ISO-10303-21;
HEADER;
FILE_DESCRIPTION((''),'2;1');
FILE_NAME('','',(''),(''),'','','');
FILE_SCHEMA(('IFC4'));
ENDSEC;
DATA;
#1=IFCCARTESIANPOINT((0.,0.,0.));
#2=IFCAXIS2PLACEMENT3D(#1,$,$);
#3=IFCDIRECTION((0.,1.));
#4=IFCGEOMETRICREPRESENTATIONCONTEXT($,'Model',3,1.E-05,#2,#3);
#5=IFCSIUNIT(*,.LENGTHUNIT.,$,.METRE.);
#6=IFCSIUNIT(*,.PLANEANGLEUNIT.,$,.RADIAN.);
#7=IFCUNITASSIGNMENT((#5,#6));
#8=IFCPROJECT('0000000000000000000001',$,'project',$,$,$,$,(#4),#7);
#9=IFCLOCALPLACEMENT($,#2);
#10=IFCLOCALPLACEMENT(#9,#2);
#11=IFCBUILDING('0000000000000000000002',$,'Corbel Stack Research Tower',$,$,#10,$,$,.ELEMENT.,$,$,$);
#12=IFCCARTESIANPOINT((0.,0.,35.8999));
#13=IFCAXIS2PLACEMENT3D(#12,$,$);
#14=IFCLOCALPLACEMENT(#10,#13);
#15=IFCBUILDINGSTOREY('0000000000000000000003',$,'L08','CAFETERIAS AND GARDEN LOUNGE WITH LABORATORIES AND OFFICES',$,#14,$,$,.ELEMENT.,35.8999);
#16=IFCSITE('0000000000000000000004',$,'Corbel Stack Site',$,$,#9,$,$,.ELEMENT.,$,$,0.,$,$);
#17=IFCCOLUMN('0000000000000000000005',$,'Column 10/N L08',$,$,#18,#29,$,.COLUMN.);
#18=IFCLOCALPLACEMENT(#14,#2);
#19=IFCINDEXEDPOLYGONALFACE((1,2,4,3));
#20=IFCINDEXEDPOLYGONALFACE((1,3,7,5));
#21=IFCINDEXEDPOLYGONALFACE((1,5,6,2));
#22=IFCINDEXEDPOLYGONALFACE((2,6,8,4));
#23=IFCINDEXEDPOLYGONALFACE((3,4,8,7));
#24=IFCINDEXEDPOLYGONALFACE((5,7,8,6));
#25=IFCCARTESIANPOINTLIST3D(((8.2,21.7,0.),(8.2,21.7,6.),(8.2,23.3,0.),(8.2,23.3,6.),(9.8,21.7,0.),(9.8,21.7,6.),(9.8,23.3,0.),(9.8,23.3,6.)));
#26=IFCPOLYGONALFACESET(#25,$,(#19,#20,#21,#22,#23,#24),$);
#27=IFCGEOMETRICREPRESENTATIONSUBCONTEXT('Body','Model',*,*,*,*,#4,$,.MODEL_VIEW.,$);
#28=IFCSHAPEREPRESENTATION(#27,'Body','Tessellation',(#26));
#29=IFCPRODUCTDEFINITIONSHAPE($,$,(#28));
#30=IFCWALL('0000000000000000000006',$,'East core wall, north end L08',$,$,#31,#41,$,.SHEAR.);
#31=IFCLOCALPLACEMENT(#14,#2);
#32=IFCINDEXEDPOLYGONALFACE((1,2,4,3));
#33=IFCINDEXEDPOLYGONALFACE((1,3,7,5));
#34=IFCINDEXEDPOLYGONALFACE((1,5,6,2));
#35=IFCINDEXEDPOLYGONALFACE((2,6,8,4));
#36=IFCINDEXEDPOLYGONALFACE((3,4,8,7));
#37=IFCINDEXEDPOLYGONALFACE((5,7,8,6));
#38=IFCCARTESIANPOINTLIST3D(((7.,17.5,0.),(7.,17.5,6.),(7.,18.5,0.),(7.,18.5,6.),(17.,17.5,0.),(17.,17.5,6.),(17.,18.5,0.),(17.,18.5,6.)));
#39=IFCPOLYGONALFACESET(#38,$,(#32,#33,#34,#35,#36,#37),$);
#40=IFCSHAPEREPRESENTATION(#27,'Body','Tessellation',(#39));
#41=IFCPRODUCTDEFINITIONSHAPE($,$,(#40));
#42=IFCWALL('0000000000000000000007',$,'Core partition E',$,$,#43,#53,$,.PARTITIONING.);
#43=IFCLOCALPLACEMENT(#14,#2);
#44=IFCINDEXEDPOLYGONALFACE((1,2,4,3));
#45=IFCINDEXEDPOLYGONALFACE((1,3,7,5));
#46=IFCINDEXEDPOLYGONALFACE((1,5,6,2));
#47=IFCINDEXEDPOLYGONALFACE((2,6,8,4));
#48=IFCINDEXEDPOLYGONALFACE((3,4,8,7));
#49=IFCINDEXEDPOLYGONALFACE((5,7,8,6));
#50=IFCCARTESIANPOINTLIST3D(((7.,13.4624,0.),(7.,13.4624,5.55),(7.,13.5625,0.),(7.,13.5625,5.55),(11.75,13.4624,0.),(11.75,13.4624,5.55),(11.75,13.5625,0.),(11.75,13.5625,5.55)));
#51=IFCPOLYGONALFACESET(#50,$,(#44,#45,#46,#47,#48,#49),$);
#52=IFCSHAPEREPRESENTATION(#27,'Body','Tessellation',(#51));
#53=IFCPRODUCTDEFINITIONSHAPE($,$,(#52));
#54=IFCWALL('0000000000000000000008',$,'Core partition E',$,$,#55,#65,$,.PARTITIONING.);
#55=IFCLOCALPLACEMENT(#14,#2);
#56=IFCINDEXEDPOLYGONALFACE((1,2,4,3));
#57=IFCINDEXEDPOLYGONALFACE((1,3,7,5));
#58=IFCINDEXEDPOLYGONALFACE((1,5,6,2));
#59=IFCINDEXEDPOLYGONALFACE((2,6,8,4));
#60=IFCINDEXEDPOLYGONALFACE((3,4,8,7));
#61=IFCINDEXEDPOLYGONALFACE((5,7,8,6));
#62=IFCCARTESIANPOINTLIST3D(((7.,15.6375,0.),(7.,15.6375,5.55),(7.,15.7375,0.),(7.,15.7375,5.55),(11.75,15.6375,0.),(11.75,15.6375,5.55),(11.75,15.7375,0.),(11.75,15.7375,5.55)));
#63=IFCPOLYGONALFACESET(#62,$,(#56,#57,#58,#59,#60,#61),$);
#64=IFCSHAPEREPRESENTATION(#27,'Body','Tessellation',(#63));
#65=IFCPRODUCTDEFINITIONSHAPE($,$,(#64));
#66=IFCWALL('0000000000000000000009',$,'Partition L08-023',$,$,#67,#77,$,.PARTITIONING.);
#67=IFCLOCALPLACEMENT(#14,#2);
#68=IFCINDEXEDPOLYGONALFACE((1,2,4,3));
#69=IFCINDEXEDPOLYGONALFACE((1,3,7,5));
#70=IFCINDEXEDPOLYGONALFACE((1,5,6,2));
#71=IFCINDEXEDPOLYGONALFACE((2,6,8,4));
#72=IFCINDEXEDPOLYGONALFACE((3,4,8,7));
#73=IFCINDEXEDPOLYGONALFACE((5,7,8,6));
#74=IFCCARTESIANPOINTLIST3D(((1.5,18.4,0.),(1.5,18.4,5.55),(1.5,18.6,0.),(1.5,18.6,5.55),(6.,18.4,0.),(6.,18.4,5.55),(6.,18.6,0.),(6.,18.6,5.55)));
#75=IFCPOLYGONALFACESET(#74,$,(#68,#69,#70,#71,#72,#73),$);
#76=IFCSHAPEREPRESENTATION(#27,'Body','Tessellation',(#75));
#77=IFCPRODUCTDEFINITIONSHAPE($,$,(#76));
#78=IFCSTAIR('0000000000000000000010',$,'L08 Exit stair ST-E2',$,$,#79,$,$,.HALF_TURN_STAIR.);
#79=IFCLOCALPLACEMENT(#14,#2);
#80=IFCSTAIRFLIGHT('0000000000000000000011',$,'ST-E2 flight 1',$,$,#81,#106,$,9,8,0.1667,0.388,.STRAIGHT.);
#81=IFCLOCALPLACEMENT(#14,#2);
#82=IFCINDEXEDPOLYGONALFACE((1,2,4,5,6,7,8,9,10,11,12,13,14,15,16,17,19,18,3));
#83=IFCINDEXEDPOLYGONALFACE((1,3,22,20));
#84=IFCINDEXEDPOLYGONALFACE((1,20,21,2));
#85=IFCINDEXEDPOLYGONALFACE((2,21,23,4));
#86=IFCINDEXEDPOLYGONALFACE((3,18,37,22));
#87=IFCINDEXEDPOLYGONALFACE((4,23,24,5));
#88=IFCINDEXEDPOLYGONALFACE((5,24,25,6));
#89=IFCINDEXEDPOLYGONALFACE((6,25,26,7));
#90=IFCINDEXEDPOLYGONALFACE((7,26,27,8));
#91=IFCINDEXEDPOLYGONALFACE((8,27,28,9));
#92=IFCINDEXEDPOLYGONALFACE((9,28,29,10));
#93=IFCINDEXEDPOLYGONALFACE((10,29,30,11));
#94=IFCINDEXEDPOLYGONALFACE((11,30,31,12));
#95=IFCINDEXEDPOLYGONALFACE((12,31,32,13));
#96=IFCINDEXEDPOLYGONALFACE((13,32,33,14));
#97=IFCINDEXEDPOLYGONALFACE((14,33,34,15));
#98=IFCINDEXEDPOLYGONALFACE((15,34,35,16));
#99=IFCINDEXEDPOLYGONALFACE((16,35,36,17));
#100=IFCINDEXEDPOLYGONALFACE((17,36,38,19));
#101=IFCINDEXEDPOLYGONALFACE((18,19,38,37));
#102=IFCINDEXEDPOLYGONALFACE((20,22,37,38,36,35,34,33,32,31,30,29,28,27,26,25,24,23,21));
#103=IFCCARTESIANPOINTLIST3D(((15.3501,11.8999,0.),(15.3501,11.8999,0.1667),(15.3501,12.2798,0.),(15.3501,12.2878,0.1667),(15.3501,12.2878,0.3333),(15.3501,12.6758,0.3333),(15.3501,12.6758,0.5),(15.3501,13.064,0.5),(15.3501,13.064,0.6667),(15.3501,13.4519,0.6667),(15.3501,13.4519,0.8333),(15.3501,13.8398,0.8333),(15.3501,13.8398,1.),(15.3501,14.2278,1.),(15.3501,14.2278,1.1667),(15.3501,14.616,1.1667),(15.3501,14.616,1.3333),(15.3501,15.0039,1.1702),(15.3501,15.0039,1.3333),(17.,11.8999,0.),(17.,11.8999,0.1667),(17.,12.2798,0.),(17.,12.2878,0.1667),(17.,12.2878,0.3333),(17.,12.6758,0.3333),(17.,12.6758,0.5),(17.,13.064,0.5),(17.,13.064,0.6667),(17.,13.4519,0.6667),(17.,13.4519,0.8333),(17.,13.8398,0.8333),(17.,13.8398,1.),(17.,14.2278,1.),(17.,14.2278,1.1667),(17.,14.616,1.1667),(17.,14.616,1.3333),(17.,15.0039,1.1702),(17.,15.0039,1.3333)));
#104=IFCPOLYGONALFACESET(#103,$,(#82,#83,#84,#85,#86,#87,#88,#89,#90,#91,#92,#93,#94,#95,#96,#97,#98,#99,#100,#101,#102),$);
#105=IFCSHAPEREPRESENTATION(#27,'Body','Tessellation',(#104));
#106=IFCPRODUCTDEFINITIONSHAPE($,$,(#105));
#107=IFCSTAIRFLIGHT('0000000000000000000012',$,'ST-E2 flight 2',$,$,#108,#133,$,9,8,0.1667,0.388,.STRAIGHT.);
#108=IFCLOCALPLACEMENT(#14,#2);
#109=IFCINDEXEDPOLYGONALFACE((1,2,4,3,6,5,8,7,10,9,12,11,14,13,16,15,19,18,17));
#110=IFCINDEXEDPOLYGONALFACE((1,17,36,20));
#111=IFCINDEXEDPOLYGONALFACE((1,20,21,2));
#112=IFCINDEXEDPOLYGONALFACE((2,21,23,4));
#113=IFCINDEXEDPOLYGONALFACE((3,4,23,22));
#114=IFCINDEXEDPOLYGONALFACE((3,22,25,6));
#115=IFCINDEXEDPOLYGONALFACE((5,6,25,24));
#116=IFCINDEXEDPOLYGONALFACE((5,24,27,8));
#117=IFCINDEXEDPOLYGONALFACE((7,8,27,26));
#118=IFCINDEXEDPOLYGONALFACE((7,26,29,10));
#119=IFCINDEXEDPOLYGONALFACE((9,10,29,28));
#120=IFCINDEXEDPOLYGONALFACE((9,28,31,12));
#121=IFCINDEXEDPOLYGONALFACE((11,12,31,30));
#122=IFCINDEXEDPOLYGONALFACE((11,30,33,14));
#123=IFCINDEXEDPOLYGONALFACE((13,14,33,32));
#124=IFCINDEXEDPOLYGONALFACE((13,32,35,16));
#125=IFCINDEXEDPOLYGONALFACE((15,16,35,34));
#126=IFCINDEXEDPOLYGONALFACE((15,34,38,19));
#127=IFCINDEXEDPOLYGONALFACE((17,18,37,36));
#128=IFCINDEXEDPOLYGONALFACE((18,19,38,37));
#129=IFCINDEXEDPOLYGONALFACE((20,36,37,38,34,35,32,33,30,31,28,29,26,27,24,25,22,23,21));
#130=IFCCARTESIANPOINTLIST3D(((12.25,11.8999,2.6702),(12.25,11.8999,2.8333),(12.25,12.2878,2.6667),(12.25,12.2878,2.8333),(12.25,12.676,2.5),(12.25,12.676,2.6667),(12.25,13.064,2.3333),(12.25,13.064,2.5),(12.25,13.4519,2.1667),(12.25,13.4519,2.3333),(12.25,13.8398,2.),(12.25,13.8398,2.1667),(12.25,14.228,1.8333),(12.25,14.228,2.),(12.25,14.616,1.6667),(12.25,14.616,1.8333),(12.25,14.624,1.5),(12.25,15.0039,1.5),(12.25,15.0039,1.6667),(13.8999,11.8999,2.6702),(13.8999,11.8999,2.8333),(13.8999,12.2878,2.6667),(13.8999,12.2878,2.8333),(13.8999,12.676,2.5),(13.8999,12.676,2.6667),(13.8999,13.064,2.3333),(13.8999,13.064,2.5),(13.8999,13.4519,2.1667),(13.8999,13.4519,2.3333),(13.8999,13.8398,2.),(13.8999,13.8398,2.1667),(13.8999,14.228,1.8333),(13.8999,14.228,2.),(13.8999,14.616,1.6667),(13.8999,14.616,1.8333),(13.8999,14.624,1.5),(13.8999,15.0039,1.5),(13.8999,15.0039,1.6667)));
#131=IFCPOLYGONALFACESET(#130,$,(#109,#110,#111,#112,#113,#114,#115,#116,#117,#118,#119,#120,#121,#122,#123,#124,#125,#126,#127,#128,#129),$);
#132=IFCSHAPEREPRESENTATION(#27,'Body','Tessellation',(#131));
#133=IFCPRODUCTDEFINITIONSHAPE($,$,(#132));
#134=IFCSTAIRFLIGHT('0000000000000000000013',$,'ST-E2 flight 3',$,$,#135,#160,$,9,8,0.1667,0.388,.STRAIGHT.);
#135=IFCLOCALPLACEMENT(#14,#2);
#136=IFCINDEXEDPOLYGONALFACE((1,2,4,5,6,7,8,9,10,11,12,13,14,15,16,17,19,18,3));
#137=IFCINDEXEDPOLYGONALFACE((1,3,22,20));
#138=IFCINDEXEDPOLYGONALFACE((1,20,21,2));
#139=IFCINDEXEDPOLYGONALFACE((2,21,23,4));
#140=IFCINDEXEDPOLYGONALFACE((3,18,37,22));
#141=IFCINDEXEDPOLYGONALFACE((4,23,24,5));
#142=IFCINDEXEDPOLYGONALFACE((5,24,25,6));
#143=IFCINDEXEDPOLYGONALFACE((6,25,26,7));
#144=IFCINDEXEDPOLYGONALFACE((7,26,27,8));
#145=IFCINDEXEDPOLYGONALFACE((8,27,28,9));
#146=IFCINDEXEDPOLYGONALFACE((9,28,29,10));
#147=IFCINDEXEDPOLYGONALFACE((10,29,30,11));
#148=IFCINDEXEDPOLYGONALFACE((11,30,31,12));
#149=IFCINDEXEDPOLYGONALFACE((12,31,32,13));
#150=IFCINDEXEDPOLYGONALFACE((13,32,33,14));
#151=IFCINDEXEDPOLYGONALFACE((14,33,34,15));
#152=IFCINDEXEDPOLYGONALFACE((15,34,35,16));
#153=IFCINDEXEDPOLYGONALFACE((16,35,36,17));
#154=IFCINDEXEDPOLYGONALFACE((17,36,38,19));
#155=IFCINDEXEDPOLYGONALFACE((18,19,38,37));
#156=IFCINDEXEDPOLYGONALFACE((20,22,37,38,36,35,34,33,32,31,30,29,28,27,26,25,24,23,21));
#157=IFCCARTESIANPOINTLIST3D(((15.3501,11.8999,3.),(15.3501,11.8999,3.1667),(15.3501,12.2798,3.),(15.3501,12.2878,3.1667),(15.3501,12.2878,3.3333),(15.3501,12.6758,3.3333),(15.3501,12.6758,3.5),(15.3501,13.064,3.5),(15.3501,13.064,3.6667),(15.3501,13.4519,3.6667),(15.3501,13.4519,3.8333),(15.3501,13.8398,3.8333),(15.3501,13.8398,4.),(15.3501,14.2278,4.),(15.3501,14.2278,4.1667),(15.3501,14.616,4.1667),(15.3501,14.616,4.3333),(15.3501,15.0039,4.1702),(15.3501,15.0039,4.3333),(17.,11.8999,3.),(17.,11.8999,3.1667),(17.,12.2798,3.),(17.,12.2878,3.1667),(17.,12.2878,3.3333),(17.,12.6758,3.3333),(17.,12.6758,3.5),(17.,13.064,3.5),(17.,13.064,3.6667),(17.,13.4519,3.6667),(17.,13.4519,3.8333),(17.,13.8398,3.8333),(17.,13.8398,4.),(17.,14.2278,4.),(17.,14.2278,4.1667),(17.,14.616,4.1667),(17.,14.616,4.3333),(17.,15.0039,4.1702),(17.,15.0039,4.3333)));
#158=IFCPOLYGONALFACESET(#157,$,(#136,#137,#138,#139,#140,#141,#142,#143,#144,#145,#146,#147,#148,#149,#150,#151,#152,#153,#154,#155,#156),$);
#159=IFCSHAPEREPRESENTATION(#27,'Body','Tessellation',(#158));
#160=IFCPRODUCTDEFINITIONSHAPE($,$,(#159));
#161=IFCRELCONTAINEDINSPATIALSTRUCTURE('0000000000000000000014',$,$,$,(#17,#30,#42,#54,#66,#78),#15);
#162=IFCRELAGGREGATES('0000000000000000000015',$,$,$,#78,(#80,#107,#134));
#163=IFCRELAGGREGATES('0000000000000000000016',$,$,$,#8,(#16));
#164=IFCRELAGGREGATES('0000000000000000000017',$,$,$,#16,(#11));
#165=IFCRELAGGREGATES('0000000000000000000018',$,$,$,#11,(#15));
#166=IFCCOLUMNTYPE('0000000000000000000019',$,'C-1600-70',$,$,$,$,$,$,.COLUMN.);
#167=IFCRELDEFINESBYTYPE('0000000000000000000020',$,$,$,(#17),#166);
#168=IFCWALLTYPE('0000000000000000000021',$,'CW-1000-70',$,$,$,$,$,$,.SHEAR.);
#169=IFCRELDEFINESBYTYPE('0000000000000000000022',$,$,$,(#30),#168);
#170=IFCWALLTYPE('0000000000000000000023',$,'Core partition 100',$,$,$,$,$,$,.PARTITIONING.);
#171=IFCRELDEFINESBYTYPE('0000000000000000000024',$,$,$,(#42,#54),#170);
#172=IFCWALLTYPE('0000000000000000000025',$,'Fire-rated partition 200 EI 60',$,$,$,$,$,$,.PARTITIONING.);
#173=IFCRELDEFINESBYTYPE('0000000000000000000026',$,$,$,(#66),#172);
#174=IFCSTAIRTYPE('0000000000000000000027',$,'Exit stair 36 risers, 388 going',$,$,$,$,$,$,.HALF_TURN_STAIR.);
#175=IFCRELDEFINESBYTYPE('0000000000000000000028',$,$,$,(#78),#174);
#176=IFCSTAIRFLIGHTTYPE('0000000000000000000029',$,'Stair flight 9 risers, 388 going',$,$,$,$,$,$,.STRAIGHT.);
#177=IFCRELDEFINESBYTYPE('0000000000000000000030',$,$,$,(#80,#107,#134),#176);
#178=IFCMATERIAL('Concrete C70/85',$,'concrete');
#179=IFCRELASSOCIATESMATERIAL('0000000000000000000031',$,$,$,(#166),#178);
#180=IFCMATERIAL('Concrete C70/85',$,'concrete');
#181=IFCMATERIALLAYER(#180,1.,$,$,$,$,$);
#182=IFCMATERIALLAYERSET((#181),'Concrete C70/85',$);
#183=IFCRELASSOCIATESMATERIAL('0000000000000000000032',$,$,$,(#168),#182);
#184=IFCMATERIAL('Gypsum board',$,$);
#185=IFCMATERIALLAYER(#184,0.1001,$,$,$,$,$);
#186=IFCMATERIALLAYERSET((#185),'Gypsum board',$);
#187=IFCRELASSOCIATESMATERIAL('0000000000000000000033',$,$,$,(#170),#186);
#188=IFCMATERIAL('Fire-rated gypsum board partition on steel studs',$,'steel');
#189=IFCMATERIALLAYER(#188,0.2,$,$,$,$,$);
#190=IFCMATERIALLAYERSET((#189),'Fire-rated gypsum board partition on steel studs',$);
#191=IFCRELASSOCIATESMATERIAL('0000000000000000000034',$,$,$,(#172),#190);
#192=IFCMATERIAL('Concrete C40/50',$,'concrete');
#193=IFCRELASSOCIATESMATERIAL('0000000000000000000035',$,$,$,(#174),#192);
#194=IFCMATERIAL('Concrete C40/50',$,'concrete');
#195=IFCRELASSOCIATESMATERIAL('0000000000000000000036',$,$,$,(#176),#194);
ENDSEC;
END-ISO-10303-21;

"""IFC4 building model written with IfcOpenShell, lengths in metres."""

from ifc_helpers import new_model, si_unit, direction, frame, frame_2d, origin, origin_2d, place, context, subcontext, project, spatial, polyline, rectangle, outline, extrude, material, layer, layer_set, material_profile, profile_set, type_object, element, aggregate, save


model = new_model("IFC4")

# Units and contexts
model_context = context("Model", 3, precision=1e-05, world=origin(), true_north=direction((0.0, 1.0)))
body_context = subcontext(model_context, "Body", "Model", "MODEL_VIEW")
ifc_project = project(units=[si_unit("LENGTHUNIT", "METRE"), si_unit("PLANEANGLEUNIT", "RADIAN")], contexts=[model_context])

# Site, building, storey
site_placement = place(None, origin())
site = spatial("IfcSite", under=ifc_project, at=site_placement, Name="Corbel Stack Site", CompositionType="ELEMENT", RefElevation=0.0)
building_placement = place(site_placement, origin())
building = spatial("IfcBuilding", under=site, at=building_placement, Name="Corbel Stack Research Tower", CompositionType="ELEMENT")
storey_placement = place(building_placement, frame((0.0, 0.0, 35.8999)))
storey = spatial("IfcBuildingStorey", under=building, at=storey_placement, Name="L08", Description="CAFETERIAS AND GARDEN LOUNGE WITH LABORATORIES AND OFFICES", CompositionType="ELEMENT", Elevation=35.8999)

# Column
ifc_material_1 = material(Name="Concrete C70/85", Category="concrete")
ifc_material_profile = material_profile(ifc_material_1, rectangle(XDim=1.6001, YDim=1.6001, at=origin_2d()), Name="RC 1600 x 1600")
ifc_profile_set = profile_set([ifc_material_profile], Name="Concrete C70/85")
column_type = type_object("IfcColumnType", Name="C-1600-70", PredefinedType="COLUMN", material=ifc_profile_set)
column_placement = place(storey_placement, frame((9.0, 22.5, 0.0), z_axis=(0.0, 0.0, 1.0), x_axis=(1.0, 0.0, 0.0)))
element("IfcColumn", 1, at=column_placement, inside=storey, type_object=column_type, Name="Column 10/N L08", PredefinedType="COLUMN", context=body_context, shape_type="SweptSolid", body=[
    extrude(rectangle(XDim=1.6001, YDim=1.6001, at=origin_2d()), origin(), (0.0, 0.0, 1.0), 6.0),
])

# Walls
ifc_material_2 = material(Name="Concrete C70/85", Category="concrete")
ifc_layer_1 = layer(ifc_material_2, 1.0)
ifc_layer_set_1 = layer_set([ifc_layer_1], Name="Concrete C70/85")
wall_type_1 = type_object("IfcWallType", Name="CW-1000-70", PredefinedType="SHEAR", material=ifc_layer_set_1)
wall_1_placement = place(storey_placement, frame((7.0, 18.0, 0.0), z_axis=(0.0, 0.0, 1.0), x_axis=(1.0, 0.0, 0.0)))
element("IfcWall", 2, at=wall_1_placement, inside=storey, type_object=wall_type_1, Name="East core wall, north end L08", PredefinedType="SHEAR", context=body_context, shape_type="SweptSolid", body=[
    extrude(rectangle(XDim=10.0, YDim=1.0, at=frame_2d((5.0, 0.0))), origin(), (0.0, 0.0, 1.0), 6.0),
])
ifc_material_3 = material(Name="Gypsum board")
ifc_layer_2 = layer(ifc_material_3, 0.1001)
ifc_layer_set_2 = layer_set([ifc_layer_2], Name="Gypsum board")
wall_type_2 = type_object("IfcWallType", Name="Core partition 100", PredefinedType="PARTITIONING", material=ifc_layer_set_2)
for number, where, z_axis, x_axis, name in (
    (3, (7.0, 13.5125, 0.0), (0.0, 0.0, 1.0), (1.0, 0.0, 0.0), "Core partition E"),
    (4, (7.0, 15.6875, 0.0), (0.0, 0.0, 1.0), (1.0, 0.0, 0.0), "Core partition E"),
):
    element("IfcWall", number, at=place(storey_placement, frame(where, z_axis=z_axis, x_axis=x_axis)), inside=storey, type_object=wall_type_2, Name=name, PredefinedType="PARTITIONING", context=body_context, shape_type="SweptSolid", body=[
        extrude(rectangle(XDim=4.75, YDim=0.1001, at=frame_2d((2.375, 0.0))), origin(), (0.0, 0.0, 1.0), 5.55),
    ])
ifc_material_4 = material(Name="Fire-rated gypsum board partition on steel studs", Category="steel")
ifc_layer_3 = layer(ifc_material_4, 0.2)
ifc_layer_set_3 = layer_set([ifc_layer_3], Name="Fire-rated gypsum board partition on steel studs")
wall_type_3 = type_object("IfcWallType", Name="Fire-rated partition 200 EI 60", PredefinedType="PARTITIONING", material=ifc_layer_set_3)
wall_2_placement = place(storey_placement, frame((1.5, 18.5, 0.0), z_axis=(0.0, 0.0, 1.0), x_axis=(1.0, 0.0, 0.0)))
element("IfcWall", 5, at=wall_2_placement, inside=storey, type_object=wall_type_3, Name="Partition L08-023", PredefinedType="PARTITIONING", context=body_context, shape_type="SweptSolid", body=[
    extrude(rectangle(XDim=4.5, YDim=0.2, at=frame_2d((2.25, 0.0))), origin(), (0.0, 0.0, 1.0), 5.55),
])

# Stair, stair flights
ifc_material_5 = material(Name="Concrete C40/50", Category="concrete")
stair_type = type_object("IfcStairType", Name="Exit stair 36 risers, 388 going", PredefinedType="HALF_TURN_STAIR", material=ifc_material_5)
stair_placement = place(storey_placement, origin())
stair = element("IfcStair", 6, at=stair_placement, inside=storey, type_object=stair_type, Name="L08 Exit stair ST-E2", PredefinedType="HALF_TURN_STAIR")
ifc_material_6 = material(Name="Concrete C40/50", Category="concrete")
stair_flight_type = type_object("IfcStairFlightType", Name="Stair flight 9 risers, 388 going", PredefinedType="STRAIGHT", material=ifc_material_6)
stair_flight_1_placement = place(storey_placement, frame((16.175, 11.8999, 0.0), z_axis=(0.0, 0.0, 1.0), x_axis=(0.0, 1.0, 0.0)))
stair_flight_1 = element("IfcStairFlight", 7, at=stair_flight_1_placement, type_object=stair_flight_type, Name="ST-E2 flight 1", NumberOfRisers=9, NumberOfTreads=8, PredefinedType="STRAIGHT", RiserHeight=0.1667, TreadLength=0.388, context=body_context, shape_type="SweptSolid", body=[
    extrude(outline(polyline([(0.0, 0.0), (0.0, 0.1667), (0.3879, 0.1667), (0.3879, 0.3333), (0.7759, 0.3333), (0.7759, 0.5), (1.1641, 0.5), (1.1641, 0.6667), (1.552, 0.6667), (1.552, 0.8333), (1.9399, 0.8333), (1.9399, 1.0), (2.3279, 1.0), (2.3279, 1.1667), (2.7161, 1.1667), (2.7161, 1.3333), (3.104, 1.3333), (3.104, 1.5), (3.104, 1.1702), (0.3799, 0.0), (0.0, 0.0)])), frame((0.0, 0.825, 0.0), z_axis=(0.0, -1.0, 0.0), x_axis=(1.0, 0.0, 0.0)), (0.0, 0.0, 1.0), 1.6499),
])
stair_flight_2_placement = place(storey_placement, frame((13.075, 15.0039, 1.5), z_axis=(0.0, 0.0, 1.0), x_axis=(0.0, -1.0, 0.0)))
stair_flight_2 = element("IfcStairFlight", 8, at=stair_flight_2_placement, type_object=stair_flight_type, Name="ST-E2 flight 2", NumberOfRisers=9, NumberOfTreads=8, PredefinedType="STRAIGHT", RiserHeight=0.1667, TreadLength=0.388, context=body_context, shape_type="SweptSolid", body=[
    extrude(outline(polyline([(0.0, 0.0), (0.0, 0.1667), (0.3879, 0.1667), (0.3879, 0.3333), (0.7759, 0.3333), (0.7759, 0.5), (1.1641, 0.5), (1.1641, 0.6667), (1.552, 0.6667), (1.552, 0.8333), (1.9399, 0.8333), (1.9399, 1.0), (2.3279, 1.0), (2.3279, 1.1667), (2.7161, 1.1667), (2.7161, 1.3333), (3.104, 1.3333), (3.104, 1.5), (3.104, 1.1702), (0.3799, 0.0), (0.0, 0.0)])), frame((0.0, 0.825, 0.0), z_axis=(0.0, -1.0, 0.0), x_axis=(1.0, 0.0, 0.0)), (0.0, 0.0, 1.0), 1.6499),
])
stair_flight_3_placement = place(storey_placement, frame((16.175, 11.8999, 3.0), z_axis=(0.0, 0.0, 1.0), x_axis=(0.0, 1.0, 0.0)))
stair_flight_3 = element("IfcStairFlight", 9, at=stair_flight_3_placement, type_object=stair_flight_type, Name="ST-E2 flight 3", NumberOfRisers=9, NumberOfTreads=8, PredefinedType="STRAIGHT", RiserHeight=0.1667, TreadLength=0.388, context=body_context, shape_type="SweptSolid", body=[
    extrude(outline(polyline([(0.0, 0.0), (0.0, 0.1667), (0.3879, 0.1667), (0.3879, 0.3333), (0.7759, 0.3333), (0.7759, 0.5), (1.1641, 0.5), (1.1641, 0.6667), (1.552, 0.6667), (1.552, 0.8333), (1.9399, 0.8333), (1.9399, 1.0), (2.3279, 1.0), (2.3279, 1.1667), (2.7161, 1.1667), (2.7161, 1.3333), (3.104, 1.3333), (3.104, 1.5), (3.104, 1.1702), (0.3799, 0.0), (0.0, 0.0)])), frame((0.0, 0.825, 0.0), z_axis=(0.0, -1.0, 0.0), x_axis=(1.0, 0.0, 0.0)), (0.0, 0.0, 1.0), 1.6499),
])
aggregate(stair, [stair_flight_1, stair_flight_2, stair_flight_3])

save(model, "model.ifc")
